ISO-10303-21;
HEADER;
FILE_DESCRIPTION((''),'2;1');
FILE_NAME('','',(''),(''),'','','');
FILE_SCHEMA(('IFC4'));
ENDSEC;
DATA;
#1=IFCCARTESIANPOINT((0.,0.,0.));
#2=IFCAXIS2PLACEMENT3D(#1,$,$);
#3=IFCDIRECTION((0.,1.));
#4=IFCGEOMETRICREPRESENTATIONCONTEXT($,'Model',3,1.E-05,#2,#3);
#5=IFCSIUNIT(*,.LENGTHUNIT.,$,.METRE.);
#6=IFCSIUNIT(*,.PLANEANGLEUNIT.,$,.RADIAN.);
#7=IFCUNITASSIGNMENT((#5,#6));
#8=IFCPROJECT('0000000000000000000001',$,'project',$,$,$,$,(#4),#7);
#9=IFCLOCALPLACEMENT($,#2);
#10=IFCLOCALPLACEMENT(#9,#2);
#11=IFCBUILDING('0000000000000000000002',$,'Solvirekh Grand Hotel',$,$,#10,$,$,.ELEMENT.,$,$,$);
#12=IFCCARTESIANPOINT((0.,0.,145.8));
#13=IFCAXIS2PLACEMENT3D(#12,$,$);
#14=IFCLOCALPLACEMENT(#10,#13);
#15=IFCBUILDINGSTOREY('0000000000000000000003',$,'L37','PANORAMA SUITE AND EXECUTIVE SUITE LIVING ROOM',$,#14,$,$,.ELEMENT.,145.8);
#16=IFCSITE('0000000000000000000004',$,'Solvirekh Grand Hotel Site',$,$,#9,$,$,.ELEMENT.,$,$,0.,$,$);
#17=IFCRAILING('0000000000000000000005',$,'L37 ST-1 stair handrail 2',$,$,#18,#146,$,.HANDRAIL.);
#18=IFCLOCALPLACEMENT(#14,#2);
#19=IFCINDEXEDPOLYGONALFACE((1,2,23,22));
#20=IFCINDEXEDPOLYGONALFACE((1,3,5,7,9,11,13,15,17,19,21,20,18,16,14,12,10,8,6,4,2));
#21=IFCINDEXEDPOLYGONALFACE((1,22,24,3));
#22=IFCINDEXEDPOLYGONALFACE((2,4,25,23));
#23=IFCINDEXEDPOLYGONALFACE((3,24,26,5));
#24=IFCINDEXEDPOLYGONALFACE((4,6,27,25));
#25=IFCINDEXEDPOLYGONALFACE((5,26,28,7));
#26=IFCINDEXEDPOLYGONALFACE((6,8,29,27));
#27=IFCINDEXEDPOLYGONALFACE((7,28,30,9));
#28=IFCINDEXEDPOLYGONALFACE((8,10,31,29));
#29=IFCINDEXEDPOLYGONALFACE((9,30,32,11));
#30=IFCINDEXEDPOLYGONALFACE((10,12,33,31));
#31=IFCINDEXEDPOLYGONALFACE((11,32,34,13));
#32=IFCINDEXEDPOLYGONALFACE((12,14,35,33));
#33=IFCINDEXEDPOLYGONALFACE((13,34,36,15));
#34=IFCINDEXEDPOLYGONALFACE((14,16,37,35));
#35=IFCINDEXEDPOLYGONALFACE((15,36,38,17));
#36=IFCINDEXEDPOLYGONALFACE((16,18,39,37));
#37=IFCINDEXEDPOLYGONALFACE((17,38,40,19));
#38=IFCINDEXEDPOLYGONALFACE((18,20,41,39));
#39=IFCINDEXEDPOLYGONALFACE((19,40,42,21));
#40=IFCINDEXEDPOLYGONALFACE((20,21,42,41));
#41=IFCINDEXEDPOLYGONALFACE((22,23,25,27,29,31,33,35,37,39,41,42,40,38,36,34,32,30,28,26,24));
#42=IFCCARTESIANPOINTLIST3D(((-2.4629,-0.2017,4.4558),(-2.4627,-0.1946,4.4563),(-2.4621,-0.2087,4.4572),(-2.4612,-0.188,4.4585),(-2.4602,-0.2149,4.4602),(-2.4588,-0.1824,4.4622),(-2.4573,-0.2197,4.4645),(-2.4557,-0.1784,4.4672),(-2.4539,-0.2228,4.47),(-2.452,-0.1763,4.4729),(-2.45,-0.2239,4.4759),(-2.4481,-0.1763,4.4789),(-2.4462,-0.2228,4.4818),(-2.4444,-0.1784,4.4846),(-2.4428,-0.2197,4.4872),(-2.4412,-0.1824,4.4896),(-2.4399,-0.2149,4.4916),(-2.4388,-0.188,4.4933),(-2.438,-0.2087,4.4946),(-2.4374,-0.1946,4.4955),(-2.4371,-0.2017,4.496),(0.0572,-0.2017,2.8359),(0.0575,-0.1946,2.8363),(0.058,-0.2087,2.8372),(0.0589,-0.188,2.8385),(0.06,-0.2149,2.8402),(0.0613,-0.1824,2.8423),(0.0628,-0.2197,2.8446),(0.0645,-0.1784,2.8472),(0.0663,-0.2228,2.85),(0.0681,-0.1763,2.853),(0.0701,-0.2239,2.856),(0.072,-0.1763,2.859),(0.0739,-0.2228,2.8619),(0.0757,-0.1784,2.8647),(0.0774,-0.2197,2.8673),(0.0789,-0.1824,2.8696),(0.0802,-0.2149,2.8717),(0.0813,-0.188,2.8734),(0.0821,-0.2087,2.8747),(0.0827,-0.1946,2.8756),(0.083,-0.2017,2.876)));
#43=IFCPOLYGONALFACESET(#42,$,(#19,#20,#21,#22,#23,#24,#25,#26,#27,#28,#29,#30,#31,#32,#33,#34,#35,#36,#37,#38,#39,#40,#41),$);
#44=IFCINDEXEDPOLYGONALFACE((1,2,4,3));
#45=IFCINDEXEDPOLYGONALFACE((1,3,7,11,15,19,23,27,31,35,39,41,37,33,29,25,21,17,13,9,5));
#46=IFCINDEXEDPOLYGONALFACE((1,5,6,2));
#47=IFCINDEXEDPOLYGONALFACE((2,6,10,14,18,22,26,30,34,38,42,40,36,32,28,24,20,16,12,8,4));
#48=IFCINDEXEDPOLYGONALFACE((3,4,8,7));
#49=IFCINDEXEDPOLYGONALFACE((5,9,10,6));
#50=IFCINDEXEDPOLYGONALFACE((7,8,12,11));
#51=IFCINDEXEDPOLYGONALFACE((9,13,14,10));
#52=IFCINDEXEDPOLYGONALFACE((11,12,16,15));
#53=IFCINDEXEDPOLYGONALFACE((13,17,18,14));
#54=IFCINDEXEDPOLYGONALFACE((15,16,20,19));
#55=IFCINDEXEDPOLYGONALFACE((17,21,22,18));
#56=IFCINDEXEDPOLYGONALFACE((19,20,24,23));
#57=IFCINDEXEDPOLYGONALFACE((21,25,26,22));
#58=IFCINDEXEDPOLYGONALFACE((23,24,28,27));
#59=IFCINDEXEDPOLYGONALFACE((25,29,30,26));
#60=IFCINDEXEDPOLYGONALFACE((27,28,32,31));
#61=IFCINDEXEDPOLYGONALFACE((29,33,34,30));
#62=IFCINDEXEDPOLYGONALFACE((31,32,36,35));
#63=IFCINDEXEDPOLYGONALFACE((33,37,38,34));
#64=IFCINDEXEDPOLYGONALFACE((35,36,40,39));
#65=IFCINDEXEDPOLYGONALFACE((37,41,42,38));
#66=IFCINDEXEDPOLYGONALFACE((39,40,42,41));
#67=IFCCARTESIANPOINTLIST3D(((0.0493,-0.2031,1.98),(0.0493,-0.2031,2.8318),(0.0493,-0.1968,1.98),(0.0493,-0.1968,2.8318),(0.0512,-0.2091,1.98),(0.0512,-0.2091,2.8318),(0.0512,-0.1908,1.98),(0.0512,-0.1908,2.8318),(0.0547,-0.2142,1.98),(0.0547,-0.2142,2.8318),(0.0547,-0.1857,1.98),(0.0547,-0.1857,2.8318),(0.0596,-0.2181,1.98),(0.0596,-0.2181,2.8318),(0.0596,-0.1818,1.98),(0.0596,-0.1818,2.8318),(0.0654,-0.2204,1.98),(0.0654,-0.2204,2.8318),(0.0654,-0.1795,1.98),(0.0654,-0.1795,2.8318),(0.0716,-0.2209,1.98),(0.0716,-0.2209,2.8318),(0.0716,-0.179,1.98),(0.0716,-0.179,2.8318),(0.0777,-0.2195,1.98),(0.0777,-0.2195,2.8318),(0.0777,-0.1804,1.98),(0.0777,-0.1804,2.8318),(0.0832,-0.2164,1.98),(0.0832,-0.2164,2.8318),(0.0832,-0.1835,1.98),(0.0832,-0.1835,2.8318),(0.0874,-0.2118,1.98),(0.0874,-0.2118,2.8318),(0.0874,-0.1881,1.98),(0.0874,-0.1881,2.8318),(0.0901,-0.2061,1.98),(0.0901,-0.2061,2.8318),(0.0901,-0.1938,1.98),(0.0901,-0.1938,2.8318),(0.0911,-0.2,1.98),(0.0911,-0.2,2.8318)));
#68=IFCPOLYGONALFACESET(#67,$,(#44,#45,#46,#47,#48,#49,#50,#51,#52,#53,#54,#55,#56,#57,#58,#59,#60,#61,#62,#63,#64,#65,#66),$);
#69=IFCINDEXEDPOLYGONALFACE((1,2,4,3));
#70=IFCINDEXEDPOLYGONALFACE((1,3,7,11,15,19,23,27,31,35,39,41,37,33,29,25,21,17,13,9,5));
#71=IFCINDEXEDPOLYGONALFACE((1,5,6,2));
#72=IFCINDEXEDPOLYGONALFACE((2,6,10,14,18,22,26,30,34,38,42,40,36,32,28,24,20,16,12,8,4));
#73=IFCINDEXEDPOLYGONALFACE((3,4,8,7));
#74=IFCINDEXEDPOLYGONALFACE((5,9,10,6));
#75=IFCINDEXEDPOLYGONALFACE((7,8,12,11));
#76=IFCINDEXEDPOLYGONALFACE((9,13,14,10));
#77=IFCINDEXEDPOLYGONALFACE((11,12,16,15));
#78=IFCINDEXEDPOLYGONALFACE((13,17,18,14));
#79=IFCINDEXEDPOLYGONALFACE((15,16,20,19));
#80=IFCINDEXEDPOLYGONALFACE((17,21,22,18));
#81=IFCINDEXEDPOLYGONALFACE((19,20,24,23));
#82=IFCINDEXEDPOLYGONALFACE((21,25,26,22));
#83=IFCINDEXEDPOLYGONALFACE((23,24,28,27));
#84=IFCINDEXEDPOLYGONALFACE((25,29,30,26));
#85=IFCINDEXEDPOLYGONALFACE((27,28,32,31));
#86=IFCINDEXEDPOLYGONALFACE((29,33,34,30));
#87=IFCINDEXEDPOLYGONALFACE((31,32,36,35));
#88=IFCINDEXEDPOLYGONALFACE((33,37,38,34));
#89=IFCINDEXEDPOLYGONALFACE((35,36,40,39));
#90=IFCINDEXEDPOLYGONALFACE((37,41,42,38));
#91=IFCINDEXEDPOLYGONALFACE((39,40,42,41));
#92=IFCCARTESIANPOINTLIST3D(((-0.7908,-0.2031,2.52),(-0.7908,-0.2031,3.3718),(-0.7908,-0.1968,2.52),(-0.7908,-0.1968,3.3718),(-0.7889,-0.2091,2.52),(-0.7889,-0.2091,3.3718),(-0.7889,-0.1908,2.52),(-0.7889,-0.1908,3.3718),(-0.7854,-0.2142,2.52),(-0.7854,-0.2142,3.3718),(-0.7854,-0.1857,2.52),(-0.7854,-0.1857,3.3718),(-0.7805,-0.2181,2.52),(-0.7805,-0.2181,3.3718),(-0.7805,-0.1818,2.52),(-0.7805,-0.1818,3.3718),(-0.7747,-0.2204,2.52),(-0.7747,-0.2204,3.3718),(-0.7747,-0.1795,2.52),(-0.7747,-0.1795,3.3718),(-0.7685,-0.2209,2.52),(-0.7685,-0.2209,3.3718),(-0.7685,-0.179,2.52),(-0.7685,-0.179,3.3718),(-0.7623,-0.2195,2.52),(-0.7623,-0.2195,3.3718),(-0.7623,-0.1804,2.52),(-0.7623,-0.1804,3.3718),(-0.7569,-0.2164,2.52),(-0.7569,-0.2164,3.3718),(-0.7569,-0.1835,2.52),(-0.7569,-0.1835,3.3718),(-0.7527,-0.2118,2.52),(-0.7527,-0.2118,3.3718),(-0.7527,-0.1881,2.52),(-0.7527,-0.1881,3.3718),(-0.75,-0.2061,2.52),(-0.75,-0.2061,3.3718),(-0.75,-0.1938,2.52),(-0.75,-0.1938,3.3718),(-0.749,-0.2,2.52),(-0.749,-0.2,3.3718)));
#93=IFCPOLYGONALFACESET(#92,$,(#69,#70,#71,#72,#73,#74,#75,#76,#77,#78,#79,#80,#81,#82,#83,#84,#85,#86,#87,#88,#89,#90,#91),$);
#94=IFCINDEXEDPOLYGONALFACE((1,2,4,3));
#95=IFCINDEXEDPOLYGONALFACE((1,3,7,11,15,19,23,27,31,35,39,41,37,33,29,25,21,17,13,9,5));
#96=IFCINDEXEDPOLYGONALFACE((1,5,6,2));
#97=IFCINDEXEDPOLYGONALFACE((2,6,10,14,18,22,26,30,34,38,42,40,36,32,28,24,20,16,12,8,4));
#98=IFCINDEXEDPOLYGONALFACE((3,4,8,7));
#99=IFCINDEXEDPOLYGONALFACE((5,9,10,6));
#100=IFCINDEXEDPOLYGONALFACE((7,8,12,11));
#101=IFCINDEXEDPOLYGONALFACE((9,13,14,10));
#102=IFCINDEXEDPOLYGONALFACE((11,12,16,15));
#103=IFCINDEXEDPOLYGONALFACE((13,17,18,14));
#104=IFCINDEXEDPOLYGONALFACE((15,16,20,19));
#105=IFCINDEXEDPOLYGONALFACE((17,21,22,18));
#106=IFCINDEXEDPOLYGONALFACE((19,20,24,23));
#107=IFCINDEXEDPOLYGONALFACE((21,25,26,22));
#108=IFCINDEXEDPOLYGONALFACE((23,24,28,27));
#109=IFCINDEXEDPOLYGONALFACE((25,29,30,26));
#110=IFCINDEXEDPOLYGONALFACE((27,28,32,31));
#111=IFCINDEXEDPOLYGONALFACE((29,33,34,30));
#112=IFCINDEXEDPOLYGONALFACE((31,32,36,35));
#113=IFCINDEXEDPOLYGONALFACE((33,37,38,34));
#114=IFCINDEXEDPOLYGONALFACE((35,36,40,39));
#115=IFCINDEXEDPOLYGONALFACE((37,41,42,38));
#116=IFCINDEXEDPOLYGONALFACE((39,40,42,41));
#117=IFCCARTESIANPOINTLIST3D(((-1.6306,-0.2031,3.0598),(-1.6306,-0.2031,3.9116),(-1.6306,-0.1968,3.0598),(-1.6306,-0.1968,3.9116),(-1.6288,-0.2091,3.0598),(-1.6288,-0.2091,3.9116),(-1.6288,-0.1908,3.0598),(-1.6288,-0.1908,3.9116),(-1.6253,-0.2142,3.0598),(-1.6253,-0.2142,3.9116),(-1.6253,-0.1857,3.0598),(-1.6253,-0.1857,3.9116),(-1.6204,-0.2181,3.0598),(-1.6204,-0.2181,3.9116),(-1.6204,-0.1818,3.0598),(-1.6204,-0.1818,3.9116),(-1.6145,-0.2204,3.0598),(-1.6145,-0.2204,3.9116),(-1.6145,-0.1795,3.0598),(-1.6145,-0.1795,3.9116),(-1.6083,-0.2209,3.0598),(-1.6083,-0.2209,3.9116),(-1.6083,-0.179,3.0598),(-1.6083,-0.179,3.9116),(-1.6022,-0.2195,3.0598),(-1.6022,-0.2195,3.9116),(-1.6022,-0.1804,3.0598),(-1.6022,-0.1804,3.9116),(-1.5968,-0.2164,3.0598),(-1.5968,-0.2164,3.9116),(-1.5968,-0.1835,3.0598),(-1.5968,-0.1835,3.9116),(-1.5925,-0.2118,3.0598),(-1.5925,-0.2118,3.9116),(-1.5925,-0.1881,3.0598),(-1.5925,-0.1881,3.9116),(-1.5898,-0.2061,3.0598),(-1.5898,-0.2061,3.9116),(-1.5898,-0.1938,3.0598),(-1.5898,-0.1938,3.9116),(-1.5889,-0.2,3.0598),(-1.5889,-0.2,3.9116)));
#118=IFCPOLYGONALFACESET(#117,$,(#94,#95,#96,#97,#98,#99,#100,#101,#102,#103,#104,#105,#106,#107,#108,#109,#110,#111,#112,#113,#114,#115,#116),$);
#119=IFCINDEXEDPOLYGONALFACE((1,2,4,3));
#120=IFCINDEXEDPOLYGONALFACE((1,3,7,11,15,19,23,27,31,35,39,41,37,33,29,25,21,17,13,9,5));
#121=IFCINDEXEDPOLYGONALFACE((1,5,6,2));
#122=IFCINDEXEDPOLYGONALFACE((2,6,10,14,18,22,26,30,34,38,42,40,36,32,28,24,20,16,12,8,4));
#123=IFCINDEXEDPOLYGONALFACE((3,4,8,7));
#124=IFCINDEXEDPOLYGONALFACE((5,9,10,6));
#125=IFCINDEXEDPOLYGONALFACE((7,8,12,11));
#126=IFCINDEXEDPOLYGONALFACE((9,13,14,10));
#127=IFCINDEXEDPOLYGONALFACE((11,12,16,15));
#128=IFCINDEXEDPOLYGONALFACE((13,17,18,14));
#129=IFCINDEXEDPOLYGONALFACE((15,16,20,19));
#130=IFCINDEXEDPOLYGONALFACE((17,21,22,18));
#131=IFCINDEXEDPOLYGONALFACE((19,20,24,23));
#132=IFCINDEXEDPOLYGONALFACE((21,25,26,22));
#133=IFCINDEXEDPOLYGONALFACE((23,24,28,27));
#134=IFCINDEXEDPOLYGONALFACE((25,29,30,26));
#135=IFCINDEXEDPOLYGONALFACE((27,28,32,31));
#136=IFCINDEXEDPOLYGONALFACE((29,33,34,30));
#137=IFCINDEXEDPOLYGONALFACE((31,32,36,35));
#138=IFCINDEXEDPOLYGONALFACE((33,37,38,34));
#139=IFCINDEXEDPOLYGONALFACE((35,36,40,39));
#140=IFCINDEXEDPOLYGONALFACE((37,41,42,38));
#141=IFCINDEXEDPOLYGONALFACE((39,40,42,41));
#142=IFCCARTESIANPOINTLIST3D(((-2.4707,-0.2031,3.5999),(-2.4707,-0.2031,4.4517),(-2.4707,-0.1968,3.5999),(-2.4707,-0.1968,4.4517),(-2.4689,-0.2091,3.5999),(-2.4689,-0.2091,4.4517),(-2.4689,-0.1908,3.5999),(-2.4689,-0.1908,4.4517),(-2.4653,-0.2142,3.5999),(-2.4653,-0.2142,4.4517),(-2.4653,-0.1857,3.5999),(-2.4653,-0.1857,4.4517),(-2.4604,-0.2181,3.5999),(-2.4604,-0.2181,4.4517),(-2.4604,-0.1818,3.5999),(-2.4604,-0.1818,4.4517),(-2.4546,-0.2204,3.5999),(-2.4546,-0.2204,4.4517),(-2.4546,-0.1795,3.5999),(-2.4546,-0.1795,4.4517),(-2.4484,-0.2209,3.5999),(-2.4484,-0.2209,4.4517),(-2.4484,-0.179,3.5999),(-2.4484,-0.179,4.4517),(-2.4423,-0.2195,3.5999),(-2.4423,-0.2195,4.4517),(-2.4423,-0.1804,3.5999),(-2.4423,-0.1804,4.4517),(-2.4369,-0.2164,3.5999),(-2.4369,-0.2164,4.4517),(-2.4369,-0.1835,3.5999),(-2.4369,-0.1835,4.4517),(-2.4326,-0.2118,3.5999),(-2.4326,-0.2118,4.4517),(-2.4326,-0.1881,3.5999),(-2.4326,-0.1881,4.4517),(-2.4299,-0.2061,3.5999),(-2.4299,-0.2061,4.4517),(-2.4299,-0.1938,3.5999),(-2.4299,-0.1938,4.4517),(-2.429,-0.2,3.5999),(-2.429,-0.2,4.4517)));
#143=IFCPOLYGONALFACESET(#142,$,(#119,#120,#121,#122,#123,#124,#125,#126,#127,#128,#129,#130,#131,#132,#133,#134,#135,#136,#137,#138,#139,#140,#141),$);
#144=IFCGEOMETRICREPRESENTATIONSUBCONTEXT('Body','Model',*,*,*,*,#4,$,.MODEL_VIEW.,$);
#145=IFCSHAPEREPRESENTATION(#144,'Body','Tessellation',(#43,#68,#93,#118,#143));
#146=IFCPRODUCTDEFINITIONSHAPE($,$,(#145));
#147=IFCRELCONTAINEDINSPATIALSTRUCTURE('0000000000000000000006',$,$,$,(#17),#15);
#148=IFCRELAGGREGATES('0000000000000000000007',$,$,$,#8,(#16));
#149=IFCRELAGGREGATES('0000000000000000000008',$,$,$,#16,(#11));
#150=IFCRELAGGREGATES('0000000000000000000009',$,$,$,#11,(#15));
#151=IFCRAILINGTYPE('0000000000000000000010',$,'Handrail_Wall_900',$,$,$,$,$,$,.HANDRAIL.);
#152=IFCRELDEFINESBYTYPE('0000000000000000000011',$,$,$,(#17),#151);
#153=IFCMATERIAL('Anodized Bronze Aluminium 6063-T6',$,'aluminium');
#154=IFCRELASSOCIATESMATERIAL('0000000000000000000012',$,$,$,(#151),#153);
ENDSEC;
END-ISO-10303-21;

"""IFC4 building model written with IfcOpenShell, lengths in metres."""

from ifc_helpers import new_model, si_unit, direction, frame, origin, origin_2d, place, context, subcontext, project, spatial, circle, extrude, material, type_object, element, save


model = new_model("IFC4")

# Units and contexts
model_context = context("Model", 3, precision=1e-05, world=origin(), true_north=direction((0.0, 1.0)))
body_context = subcontext(model_context, "Body", "Model", "MODEL_VIEW")
ifc_project = project(units=[si_unit("LENGTHUNIT", "METRE"), si_unit("PLANEANGLEUNIT", "RADIAN")], contexts=[model_context])

# Site, building, storey
site_placement = place(None, origin())
site = spatial("IfcSite", under=ifc_project, at=site_placement, Name="Solvirekh Grand Hotel Site", CompositionType="ELEMENT", RefElevation=0.0)
building_placement = place(site_placement, origin())
building = spatial("IfcBuilding", under=site, at=building_placement, Name="Solvirekh Grand Hotel", CompositionType="ELEMENT")
storey_placement = place(building_placement, frame((0.0, 0.0, 145.8)))
storey = spatial("IfcBuildingStorey", under=building, at=storey_placement, Name="L37", Description="PANORAMA SUITE AND EXECUTIVE SUITE LIVING ROOM", CompositionType="ELEMENT", Elevation=145.8)

# Shared definitions
ifc_material_1 = material(Name="Anodized Bronze Aluminium 6063-T6", Category="aluminium")

# Railing
railing_type_1 = type_object("IfcRailingType", Name="Handrail_Wall_900", PredefinedType="HANDRAIL", material=ifc_material_1)
railing_1_placement = place(storey_placement, frame((0.0701, -0.2, 1.98)))
element("IfcRailing", 1, at=railing_1_placement, inside=storey, type_object=railing_type_1, Name="L37 ST-1 stair handrail 2", PredefinedType="HANDRAIL", context=body_context, shape_type="SweptSolid", body=[
    extrude(circle(Radius=0.0239, at=origin_2d()), frame((0.0, 0.0, 0.876), z_axis=(-0.8412, 0.0, 0.540725), x_axis=(0.0, -1.0, 0.0)), (0.0, 0.0, 1.0), 2.9958),
    extrude(circle(Radius=0.021, at=origin_2d()), origin(), (0.0, 0.0, 1.0), 0.8518),
    extrude(circle(Radius=0.021, at=origin_2d()), frame((-0.8401, 0.0, 0.54)), (0.0, 0.0, 1.0), 0.8518),
    extrude(circle(Radius=0.021, at=origin_2d()), frame((-1.6799, 0.0, 1.0798)), (0.0, 0.0, 1.0), 0.8518),
    extrude(circle(Radius=0.021, at=origin_2d()), frame((-2.52, 0.0, 1.6199)), (0.0, 0.0, 1.0), 0.8518),
])

save(model, "model.ifc")
